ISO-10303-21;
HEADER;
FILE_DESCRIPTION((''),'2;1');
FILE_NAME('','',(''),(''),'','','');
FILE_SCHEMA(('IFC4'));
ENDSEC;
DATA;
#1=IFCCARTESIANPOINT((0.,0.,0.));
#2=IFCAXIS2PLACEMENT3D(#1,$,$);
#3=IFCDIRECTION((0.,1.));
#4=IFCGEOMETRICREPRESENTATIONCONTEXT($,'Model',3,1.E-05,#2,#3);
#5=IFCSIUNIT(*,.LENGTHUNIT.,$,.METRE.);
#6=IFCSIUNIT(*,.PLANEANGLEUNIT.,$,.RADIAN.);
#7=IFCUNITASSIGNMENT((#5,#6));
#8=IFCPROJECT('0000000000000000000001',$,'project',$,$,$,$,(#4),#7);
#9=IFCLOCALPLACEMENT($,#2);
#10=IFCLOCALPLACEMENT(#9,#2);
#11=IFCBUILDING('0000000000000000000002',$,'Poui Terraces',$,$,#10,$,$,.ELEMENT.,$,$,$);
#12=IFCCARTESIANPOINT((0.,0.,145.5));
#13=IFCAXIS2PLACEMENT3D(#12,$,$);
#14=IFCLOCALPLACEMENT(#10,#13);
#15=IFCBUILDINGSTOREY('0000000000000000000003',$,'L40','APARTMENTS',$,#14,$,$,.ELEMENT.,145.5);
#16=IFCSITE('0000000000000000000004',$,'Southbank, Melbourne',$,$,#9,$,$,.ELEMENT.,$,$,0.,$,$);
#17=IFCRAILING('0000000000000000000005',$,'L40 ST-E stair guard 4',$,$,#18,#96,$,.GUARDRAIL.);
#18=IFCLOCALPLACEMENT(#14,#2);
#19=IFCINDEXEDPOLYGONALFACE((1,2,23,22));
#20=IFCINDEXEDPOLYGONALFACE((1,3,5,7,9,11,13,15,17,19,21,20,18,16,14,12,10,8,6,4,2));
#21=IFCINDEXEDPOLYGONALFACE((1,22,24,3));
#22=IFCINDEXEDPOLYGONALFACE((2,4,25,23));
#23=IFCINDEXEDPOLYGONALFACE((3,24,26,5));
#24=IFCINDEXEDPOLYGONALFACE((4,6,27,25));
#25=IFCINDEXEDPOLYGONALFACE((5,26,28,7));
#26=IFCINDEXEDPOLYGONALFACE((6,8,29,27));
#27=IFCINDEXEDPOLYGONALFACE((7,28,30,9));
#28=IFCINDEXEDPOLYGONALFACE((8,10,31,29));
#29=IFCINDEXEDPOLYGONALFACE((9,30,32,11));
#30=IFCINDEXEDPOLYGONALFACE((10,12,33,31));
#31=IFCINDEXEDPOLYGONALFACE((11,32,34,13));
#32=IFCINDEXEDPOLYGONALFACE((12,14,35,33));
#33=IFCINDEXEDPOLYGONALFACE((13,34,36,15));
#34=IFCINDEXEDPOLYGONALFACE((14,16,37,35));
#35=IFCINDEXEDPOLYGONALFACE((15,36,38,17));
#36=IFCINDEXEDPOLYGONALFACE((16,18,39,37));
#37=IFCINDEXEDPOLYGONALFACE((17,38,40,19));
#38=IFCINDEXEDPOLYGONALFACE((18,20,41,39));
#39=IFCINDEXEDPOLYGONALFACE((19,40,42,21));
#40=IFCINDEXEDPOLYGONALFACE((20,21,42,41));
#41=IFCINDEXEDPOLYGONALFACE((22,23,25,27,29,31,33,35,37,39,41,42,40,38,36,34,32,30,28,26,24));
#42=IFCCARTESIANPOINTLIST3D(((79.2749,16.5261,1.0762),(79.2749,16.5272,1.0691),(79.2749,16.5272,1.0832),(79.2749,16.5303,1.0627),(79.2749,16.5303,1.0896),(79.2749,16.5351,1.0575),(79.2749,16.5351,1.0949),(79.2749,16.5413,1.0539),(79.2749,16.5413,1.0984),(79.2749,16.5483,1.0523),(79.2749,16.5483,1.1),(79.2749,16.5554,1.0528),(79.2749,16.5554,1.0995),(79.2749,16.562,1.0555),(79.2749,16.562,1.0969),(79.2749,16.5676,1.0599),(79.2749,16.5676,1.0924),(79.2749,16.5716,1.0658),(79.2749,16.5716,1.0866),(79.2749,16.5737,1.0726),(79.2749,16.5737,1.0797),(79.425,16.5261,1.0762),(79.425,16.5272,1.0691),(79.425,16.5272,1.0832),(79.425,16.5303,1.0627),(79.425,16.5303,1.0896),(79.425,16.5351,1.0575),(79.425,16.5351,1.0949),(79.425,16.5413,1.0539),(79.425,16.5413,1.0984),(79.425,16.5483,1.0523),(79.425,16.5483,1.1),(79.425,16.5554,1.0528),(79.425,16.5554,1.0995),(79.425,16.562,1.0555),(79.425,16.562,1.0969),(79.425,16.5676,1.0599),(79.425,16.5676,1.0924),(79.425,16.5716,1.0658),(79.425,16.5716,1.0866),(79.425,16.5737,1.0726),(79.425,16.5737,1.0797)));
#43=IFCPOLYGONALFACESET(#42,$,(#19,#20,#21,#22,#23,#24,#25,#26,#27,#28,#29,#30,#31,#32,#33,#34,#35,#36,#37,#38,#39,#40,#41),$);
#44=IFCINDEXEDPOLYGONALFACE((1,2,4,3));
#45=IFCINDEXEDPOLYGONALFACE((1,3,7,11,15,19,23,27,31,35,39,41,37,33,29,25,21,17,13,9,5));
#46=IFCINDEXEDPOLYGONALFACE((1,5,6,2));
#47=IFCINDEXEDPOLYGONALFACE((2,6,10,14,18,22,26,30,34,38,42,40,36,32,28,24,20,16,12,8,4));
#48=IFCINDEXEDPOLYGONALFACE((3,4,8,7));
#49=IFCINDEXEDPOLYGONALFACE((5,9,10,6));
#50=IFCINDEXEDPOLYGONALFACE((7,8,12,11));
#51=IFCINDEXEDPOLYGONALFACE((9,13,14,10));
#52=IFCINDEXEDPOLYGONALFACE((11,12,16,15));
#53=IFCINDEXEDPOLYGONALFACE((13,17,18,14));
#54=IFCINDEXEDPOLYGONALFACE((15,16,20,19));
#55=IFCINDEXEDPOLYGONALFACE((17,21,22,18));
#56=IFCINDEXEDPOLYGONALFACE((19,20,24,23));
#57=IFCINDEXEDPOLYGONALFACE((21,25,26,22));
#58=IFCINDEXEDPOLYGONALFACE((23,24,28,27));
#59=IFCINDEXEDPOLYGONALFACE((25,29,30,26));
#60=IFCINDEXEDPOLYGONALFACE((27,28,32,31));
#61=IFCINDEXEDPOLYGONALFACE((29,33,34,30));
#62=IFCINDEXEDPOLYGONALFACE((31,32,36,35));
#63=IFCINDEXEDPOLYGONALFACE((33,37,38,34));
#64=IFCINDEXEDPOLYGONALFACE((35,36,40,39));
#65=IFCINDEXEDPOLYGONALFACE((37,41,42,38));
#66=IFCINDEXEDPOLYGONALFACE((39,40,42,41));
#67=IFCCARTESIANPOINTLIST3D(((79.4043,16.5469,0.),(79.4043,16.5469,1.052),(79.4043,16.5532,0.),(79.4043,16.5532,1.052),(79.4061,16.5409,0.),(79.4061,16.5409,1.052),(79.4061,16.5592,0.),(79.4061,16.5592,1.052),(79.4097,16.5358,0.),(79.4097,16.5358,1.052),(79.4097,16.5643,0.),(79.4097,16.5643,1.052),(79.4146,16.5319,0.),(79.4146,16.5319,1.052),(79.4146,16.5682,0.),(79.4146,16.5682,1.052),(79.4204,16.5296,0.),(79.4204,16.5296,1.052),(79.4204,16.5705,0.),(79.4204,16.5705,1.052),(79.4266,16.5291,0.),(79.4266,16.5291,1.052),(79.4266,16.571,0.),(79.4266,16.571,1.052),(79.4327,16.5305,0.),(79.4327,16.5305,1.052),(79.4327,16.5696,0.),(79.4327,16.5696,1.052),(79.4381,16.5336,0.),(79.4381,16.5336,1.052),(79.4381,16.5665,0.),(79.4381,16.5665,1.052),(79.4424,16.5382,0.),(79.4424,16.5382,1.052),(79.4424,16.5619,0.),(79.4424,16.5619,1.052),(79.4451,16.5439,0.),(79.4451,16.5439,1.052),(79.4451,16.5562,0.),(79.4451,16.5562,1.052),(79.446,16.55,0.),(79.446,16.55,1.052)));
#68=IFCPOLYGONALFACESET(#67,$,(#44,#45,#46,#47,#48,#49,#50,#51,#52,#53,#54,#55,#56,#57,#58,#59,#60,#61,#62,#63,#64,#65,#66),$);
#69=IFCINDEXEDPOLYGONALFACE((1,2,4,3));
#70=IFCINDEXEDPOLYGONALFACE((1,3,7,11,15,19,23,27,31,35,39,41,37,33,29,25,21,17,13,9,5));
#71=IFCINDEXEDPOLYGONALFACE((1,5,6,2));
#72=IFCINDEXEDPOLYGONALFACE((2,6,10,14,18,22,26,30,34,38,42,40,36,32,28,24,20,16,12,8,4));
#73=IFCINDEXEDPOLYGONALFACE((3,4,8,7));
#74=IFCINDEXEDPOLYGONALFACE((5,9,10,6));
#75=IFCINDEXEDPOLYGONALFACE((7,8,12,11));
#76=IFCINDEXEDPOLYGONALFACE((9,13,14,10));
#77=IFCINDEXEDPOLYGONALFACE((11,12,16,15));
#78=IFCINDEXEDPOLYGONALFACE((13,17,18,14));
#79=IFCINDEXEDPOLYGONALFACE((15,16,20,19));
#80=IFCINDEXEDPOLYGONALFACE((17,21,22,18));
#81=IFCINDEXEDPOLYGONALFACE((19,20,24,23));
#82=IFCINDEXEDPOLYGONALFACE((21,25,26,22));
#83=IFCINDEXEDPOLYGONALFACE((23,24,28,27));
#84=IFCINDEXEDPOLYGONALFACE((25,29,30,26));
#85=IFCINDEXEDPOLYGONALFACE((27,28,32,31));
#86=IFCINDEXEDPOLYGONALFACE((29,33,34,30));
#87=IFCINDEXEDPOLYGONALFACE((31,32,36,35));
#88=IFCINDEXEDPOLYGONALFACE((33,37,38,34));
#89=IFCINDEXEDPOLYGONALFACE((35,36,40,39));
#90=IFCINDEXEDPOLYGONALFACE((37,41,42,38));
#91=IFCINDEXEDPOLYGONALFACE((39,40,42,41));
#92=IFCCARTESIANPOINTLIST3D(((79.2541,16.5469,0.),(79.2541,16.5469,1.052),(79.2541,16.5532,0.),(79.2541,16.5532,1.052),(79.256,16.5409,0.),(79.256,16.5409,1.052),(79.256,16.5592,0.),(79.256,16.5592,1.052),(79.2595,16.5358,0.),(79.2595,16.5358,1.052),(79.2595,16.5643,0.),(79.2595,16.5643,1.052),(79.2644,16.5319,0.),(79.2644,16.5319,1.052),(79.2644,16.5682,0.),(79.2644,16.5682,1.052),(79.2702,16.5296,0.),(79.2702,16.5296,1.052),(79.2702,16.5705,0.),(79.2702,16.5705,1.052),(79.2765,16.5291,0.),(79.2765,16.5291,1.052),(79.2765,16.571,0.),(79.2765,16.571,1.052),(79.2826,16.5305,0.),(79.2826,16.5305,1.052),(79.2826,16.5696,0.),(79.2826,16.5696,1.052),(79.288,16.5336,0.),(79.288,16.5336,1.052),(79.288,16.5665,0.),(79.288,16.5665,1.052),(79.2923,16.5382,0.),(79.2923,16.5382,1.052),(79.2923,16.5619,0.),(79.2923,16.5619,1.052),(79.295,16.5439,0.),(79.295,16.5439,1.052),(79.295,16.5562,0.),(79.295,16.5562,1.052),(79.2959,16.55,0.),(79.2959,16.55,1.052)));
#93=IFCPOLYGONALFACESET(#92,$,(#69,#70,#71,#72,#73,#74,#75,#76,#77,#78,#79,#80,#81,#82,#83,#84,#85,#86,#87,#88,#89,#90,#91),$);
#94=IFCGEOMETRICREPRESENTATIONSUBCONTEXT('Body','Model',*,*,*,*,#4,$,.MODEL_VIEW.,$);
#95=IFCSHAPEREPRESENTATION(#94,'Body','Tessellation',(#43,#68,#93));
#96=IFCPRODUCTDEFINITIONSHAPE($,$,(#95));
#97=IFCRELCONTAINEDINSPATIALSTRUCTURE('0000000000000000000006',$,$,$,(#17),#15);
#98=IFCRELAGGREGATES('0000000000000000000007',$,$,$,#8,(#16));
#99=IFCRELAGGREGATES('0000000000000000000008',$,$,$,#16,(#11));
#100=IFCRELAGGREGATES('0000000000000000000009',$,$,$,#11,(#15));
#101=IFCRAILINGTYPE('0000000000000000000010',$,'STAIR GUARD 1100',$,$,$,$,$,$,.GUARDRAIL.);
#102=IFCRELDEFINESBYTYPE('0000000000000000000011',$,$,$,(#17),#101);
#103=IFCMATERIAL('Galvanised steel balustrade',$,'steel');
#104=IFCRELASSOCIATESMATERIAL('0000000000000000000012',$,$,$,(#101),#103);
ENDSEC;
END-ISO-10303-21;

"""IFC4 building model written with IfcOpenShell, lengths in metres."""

from ifc_helpers import new_model, si_unit, direction, frame, origin, origin_2d, place, context, subcontext, project, spatial, circle, extrude, material, type_object, element, save


model = new_model("IFC4")

# Units and contexts
model_context = context("Model", 3, precision=1e-05, world=origin(), true_north=direction((0.0, 1.0)))
body_context = subcontext(model_context, "Body", "Model", "MODEL_VIEW")
ifc_project = project(units=[si_unit("LENGTHUNIT", "METRE"), si_unit("PLANEANGLEUNIT", "RADIAN")], contexts=[model_context])

# Site, building, storey
site_placement = place(None, origin())
site = spatial("IfcSite", under=ifc_project, at=site_placement, Name="Southbank, Melbourne", CompositionType="ELEMENT", RefElevation=0.0)
building_placement = place(site_placement, origin())
building = spatial("IfcBuilding", under=site, at=building_placement, Name="Poui Terraces", CompositionType="ELEMENT")
storey_placement = place(building_placement, frame((0.0, 0.0, 145.5)))
storey = spatial("IfcBuildingStorey", under=building, at=storey_placement, Name="L40", Description="APARTMENTS", CompositionType="ELEMENT", Elevation=145.5)

# Railing
ifc_material_1 = material(Name="Galvanised steel balustrade", Category="steel")
railing_type_1 = type_object("IfcRailingType", Name="STAIR GUARD 1100", PredefinedType="GUARDRAIL", material=ifc_material_1)
railing_1_placement = place(storey_placement, frame((79.425, 16.55, 0.0)))
element("IfcRailing", 1, at=railing_1_placement, inside=storey, type_object=railing_type_1, Name="L40 ST-E stair guard 4", PredefinedType="GUARDRAIL", context=body_context, shape_type="SweptSolid", body=[
    extrude(circle(Radius=0.0239, at=origin_2d()), frame((0.0, 0.0, 1.0762), z_axis=(-1.0, 0.0, 0.0), x_axis=(0.0, -1.0, 0.0)), (0.0, 0.0, 1.0), 0.1501),
    extrude(circle(Radius=0.021, at=origin_2d()), origin(), (0.0, 0.0, 1.0), 1.052),
    extrude(circle(Radius=0.021, at=origin_2d()), frame((-0.1501, 0.0, 0.0)), (0.0, 0.0, 1.0), 1.052),
])

save(model, "model.ifc")
